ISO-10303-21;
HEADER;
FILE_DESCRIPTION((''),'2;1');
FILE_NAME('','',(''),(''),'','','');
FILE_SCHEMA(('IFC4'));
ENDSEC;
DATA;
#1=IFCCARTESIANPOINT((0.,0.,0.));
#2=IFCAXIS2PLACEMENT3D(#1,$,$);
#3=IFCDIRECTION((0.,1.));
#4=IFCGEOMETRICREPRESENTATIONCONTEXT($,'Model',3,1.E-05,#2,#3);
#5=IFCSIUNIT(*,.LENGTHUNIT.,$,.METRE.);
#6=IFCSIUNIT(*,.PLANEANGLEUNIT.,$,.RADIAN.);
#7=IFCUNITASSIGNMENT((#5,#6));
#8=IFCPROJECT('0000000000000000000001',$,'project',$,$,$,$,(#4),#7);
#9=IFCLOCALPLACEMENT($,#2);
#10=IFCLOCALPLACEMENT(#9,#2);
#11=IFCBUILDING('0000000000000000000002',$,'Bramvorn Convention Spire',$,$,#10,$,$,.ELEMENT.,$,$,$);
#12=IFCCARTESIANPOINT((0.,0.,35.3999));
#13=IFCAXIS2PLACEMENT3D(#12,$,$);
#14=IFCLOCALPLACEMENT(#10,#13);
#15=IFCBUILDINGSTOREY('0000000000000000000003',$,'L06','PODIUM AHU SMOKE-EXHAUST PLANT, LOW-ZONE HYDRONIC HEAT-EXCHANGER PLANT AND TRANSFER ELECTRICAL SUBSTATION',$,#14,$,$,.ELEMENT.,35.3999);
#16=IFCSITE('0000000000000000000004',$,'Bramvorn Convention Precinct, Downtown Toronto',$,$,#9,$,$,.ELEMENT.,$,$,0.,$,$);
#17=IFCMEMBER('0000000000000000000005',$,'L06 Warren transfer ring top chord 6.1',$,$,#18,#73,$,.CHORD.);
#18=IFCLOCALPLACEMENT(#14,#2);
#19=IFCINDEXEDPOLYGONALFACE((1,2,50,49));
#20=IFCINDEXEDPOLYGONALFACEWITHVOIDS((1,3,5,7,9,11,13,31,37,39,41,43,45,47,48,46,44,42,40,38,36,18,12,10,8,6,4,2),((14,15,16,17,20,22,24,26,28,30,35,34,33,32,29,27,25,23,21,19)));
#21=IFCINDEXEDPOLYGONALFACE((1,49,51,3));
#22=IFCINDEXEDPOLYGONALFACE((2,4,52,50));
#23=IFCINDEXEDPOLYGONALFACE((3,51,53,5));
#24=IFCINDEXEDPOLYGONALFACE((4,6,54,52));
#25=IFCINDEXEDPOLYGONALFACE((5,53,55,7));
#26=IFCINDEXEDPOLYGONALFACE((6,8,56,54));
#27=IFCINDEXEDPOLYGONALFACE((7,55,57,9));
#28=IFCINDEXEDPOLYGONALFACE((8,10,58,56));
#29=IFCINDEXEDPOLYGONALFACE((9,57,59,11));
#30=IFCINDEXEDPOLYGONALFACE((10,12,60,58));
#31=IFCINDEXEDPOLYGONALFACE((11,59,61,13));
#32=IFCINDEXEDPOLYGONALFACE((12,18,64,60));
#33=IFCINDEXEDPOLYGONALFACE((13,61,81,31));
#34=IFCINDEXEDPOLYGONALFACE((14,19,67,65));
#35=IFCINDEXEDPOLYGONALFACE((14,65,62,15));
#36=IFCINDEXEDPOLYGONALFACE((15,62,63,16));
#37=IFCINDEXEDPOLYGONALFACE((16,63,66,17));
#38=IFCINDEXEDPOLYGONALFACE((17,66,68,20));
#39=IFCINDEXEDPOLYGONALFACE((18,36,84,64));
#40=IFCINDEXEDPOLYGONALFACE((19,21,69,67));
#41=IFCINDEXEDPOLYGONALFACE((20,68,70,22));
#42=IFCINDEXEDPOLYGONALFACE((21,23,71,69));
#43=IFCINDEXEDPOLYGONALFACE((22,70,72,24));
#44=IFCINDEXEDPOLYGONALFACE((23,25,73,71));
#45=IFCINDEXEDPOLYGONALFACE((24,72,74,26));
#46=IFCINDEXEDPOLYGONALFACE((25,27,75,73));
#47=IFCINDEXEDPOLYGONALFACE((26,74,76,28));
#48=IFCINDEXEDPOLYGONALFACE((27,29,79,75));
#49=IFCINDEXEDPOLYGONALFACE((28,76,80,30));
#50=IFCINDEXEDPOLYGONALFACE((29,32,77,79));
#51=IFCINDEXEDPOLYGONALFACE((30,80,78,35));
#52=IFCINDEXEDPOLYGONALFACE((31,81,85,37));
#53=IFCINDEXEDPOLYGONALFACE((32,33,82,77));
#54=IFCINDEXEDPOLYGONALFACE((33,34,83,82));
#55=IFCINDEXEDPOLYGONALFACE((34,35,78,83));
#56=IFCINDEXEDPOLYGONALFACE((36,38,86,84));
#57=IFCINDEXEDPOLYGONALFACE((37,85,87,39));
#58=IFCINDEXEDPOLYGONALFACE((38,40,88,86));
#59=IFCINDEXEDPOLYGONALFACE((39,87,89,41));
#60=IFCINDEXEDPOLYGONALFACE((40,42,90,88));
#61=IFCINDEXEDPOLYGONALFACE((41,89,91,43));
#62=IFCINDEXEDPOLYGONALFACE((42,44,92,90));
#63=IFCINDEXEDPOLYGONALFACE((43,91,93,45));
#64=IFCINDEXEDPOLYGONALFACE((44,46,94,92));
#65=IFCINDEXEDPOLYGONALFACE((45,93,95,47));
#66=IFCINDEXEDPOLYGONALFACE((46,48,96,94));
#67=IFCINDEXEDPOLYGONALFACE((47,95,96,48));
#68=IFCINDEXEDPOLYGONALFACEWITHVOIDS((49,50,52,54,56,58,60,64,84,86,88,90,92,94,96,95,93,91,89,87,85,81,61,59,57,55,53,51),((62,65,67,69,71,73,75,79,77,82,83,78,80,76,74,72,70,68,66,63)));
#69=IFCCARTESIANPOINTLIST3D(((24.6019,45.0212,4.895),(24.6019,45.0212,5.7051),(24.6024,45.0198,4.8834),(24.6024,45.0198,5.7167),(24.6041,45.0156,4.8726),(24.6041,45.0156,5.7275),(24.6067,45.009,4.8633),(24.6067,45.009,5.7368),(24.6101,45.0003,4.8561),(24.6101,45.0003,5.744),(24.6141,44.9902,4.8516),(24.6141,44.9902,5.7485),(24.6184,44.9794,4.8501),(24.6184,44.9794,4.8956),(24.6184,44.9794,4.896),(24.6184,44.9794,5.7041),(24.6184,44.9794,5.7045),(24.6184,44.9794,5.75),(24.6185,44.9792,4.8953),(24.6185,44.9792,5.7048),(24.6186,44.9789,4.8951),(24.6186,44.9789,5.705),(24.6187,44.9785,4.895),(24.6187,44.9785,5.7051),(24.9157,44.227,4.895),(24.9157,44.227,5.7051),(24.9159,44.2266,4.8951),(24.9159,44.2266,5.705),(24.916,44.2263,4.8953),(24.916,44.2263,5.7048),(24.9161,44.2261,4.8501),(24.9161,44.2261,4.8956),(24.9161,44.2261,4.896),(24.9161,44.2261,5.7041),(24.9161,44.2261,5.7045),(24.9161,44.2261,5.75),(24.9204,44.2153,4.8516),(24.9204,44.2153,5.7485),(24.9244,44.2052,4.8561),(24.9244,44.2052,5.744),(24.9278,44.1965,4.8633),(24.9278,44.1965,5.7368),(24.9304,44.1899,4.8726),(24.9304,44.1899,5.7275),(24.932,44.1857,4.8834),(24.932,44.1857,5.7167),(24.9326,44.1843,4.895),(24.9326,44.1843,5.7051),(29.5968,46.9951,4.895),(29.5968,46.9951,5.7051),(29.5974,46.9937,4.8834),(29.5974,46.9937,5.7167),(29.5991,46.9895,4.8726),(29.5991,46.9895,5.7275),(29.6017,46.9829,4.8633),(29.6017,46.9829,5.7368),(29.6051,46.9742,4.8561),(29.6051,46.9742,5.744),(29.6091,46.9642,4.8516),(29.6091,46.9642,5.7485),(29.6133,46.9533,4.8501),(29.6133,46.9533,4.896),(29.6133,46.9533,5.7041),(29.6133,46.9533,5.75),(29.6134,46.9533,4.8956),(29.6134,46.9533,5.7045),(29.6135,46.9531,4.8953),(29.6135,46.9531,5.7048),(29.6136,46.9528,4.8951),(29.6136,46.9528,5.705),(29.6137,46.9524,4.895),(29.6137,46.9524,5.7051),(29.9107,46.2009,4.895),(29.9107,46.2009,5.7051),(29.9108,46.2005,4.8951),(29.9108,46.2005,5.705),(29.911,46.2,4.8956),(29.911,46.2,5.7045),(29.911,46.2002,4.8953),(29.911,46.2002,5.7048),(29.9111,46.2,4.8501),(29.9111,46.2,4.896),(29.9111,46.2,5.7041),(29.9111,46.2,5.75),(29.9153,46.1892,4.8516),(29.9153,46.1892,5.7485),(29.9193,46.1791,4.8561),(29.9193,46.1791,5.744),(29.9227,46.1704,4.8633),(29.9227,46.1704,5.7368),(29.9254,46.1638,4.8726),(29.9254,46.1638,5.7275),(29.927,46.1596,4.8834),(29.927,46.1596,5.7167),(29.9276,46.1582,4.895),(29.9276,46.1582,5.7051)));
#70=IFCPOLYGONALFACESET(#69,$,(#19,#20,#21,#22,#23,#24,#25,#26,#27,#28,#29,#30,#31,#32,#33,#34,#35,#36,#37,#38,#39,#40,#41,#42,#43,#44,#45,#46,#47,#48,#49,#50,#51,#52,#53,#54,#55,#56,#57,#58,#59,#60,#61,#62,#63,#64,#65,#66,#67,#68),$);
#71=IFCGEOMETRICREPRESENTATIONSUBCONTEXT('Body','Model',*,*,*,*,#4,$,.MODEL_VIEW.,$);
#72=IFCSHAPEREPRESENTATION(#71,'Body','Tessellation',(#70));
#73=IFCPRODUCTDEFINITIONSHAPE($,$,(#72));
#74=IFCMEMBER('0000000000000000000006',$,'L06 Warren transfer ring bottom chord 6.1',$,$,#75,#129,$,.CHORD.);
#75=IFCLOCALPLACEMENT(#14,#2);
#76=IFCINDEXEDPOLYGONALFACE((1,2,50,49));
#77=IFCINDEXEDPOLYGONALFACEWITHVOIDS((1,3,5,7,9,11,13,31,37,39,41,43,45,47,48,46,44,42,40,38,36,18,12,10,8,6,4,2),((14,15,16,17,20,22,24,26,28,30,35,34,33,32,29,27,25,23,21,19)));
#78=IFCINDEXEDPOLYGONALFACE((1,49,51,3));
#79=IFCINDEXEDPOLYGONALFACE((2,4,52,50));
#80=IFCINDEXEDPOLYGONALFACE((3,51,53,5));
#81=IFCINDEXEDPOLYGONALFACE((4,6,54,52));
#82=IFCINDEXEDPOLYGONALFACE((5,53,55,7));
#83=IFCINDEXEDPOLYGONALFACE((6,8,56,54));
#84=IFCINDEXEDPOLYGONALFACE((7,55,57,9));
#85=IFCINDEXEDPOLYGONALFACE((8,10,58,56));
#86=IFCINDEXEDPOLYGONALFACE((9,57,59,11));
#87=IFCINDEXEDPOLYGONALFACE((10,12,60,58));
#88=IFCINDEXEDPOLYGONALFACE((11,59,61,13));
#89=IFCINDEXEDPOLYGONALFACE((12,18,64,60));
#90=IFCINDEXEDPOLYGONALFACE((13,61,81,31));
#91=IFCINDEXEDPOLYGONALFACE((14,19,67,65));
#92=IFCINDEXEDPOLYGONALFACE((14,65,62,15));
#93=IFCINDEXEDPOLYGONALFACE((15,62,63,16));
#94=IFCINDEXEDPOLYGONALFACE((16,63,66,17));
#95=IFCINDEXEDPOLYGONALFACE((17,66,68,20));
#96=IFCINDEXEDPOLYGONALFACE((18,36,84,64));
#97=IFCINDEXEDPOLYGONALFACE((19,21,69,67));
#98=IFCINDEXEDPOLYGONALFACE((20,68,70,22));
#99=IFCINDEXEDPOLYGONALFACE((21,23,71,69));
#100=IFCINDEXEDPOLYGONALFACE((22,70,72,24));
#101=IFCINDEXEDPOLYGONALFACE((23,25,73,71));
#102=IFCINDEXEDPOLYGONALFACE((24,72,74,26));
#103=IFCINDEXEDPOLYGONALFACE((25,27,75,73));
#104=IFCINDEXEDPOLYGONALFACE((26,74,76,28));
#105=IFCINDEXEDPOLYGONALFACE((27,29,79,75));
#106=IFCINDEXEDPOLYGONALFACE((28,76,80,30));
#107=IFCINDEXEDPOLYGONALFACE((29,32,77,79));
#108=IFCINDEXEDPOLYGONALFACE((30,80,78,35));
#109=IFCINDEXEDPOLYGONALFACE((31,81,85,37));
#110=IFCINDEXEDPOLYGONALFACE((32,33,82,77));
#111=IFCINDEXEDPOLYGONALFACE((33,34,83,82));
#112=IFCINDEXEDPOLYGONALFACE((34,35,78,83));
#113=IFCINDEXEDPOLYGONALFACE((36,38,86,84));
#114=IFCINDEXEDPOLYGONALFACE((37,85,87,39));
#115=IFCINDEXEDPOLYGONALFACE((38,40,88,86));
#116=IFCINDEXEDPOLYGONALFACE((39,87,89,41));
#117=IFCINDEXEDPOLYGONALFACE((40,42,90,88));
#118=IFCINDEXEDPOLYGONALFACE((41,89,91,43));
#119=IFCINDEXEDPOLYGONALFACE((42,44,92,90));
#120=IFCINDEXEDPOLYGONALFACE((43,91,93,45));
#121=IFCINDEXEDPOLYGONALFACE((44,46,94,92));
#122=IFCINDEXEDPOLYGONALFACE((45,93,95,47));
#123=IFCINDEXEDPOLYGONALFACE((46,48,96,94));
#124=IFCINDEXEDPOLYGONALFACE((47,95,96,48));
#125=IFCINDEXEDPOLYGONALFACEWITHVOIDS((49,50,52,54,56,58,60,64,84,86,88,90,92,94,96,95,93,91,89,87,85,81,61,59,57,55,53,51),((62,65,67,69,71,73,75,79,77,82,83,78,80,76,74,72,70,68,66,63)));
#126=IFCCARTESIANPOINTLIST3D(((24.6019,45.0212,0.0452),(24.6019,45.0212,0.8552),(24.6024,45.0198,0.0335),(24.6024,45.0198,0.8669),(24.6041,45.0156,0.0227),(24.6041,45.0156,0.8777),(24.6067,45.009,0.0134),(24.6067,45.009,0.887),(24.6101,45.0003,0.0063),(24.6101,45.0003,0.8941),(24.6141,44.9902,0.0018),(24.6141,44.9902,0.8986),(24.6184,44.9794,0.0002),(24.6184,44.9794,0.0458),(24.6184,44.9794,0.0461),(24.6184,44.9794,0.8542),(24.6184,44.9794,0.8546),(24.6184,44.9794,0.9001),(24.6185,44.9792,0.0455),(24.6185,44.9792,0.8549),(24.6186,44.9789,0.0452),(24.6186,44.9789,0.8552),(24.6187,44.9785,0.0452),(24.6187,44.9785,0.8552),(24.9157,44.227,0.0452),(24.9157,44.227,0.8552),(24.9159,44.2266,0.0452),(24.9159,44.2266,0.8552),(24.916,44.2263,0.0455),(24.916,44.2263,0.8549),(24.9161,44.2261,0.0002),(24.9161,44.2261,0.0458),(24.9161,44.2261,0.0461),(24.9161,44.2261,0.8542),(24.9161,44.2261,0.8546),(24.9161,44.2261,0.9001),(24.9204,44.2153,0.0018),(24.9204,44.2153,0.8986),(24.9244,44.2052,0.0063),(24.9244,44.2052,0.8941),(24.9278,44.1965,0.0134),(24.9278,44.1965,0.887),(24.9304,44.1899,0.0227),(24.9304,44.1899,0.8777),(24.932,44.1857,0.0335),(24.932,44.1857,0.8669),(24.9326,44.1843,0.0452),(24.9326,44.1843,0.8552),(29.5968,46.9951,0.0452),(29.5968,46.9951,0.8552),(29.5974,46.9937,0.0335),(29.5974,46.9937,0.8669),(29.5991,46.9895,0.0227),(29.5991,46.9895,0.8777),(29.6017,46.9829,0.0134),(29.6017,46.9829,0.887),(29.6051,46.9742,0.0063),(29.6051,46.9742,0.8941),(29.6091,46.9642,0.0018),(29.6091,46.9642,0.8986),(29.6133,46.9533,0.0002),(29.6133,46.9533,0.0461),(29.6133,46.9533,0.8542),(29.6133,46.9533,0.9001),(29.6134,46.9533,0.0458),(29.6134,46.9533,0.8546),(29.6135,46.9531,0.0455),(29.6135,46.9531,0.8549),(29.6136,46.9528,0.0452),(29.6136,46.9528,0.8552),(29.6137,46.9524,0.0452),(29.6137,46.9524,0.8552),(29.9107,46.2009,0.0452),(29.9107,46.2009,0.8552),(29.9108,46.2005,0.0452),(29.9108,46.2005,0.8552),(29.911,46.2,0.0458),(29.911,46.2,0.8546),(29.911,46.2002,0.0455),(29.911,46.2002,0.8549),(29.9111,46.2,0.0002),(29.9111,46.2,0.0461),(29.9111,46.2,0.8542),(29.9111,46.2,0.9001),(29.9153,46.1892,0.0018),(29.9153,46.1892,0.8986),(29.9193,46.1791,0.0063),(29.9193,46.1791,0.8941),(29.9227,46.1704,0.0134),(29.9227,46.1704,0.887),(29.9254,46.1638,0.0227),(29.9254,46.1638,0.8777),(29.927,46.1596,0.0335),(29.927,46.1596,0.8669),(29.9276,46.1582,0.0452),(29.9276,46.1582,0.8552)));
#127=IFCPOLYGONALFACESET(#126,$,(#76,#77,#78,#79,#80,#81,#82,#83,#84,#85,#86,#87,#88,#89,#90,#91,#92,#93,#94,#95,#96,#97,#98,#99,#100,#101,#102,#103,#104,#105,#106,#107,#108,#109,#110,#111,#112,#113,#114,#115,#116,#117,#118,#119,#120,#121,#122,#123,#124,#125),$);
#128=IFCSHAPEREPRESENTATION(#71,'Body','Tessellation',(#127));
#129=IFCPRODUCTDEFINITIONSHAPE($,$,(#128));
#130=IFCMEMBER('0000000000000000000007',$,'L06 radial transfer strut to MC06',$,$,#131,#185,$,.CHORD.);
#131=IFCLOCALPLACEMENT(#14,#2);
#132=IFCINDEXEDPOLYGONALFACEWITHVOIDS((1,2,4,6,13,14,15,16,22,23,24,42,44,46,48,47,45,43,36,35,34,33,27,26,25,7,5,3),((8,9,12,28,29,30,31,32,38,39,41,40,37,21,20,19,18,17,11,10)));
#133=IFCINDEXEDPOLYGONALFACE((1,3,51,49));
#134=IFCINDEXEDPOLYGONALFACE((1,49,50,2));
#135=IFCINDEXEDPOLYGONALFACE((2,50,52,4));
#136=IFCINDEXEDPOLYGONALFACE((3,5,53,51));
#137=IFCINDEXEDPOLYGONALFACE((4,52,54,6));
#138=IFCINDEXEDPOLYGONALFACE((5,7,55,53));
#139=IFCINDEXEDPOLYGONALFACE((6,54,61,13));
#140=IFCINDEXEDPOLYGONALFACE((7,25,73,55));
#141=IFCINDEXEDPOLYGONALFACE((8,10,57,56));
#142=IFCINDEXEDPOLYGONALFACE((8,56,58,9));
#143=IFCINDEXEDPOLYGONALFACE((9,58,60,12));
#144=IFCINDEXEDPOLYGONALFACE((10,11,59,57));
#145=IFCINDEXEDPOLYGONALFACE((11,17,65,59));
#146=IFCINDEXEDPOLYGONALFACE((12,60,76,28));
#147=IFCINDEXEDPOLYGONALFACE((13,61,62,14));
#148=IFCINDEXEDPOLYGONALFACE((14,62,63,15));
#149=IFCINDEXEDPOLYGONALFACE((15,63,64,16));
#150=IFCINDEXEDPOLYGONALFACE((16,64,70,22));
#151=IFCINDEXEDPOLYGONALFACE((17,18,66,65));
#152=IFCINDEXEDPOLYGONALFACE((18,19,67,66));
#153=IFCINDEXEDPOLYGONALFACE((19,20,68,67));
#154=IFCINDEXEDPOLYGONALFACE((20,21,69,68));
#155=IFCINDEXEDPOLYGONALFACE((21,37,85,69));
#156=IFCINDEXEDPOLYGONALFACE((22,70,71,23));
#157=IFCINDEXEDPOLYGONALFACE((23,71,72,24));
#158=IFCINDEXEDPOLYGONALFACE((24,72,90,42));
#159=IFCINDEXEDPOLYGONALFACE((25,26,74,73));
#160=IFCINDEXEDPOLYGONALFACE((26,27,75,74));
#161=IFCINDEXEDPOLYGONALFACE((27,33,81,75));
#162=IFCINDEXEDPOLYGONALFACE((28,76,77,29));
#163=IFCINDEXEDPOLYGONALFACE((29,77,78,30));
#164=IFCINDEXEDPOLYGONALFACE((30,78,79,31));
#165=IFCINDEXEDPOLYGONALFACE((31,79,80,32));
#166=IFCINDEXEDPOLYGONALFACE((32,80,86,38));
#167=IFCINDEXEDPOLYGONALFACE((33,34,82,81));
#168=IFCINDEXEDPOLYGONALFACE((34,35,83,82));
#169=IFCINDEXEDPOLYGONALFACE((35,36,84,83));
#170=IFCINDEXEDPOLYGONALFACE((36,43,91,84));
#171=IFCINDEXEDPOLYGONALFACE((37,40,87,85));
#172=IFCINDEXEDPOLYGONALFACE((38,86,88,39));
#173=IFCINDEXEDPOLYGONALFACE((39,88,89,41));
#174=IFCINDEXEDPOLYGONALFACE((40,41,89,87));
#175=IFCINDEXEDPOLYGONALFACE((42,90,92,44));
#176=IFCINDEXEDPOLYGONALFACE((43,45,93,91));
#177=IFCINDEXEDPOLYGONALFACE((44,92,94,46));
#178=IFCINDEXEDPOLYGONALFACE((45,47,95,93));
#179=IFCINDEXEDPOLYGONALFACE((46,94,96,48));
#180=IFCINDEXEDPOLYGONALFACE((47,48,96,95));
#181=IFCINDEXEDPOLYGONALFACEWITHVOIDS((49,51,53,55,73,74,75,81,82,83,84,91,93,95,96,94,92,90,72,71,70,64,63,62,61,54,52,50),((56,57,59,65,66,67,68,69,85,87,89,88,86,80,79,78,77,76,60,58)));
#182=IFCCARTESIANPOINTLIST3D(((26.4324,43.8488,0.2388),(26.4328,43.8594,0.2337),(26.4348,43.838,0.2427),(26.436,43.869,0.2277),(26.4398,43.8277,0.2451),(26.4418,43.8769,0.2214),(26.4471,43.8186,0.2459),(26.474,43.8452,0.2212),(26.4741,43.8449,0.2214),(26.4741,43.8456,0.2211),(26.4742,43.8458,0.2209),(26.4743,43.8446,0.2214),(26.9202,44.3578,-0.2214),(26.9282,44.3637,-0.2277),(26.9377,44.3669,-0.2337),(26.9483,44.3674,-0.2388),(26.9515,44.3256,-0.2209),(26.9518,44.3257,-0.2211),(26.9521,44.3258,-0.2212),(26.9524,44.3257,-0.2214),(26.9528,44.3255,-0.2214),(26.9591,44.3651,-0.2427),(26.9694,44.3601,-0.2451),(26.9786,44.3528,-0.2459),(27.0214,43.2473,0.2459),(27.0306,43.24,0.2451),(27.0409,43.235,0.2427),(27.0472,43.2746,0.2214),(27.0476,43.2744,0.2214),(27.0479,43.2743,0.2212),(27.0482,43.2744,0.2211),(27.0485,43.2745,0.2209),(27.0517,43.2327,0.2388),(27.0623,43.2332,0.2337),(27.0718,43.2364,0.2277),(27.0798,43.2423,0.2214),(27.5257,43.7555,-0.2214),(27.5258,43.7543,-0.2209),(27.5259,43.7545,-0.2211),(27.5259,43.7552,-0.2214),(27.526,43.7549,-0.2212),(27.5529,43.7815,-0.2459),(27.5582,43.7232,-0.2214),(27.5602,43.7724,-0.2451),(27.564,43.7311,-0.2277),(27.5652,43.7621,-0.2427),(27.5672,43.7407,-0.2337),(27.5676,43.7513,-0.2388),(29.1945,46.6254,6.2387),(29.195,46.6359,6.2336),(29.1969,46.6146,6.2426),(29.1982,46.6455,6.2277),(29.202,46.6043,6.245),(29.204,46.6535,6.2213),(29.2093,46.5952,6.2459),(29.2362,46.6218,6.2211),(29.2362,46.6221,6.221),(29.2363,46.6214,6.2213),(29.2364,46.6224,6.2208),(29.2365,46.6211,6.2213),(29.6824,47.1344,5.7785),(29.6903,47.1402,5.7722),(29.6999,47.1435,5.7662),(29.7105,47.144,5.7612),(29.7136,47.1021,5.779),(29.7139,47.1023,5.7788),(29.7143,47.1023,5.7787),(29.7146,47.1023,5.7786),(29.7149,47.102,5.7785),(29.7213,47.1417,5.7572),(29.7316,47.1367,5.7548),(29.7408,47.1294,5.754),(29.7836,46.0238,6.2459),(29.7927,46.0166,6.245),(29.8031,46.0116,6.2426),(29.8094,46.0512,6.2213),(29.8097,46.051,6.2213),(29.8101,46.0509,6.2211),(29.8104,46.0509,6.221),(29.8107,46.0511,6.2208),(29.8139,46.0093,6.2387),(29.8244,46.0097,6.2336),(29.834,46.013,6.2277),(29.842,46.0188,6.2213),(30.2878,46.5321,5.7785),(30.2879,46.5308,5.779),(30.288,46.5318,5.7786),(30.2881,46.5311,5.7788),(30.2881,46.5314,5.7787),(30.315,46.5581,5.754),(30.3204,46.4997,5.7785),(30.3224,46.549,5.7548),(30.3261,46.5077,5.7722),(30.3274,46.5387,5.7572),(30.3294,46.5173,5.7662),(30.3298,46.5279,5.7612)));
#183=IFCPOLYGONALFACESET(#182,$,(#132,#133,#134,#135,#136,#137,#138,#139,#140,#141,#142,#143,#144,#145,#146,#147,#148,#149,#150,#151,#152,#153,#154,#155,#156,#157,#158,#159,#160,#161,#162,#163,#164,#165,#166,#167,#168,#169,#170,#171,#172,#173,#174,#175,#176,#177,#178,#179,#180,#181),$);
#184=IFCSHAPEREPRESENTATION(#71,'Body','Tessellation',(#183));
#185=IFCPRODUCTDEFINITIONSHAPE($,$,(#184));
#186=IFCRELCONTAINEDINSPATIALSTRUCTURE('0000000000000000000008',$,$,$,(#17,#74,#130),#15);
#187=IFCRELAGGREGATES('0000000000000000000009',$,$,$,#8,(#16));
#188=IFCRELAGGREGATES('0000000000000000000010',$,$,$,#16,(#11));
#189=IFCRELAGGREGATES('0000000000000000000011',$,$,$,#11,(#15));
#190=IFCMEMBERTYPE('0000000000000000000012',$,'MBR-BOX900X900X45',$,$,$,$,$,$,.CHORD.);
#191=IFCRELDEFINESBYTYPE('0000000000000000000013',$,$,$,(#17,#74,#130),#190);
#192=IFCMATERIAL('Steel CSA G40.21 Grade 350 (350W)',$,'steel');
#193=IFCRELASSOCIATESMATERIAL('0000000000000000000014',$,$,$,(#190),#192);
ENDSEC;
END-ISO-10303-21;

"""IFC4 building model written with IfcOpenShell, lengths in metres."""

from ifc_helpers import new_model, si_unit, direction, frame, origin, origin_2d, place, context, subcontext, project, spatial, hollow_rectangle, extrude, material, material_profile, profile_set, type_object, element, save


model = new_model("IFC4")

# Units and contexts
model_context = context("Model", 3, precision=1e-05, world=origin(), true_north=direction((0.0, 1.0)))
body_context = subcontext(model_context, "Body", "Model", "MODEL_VIEW")
ifc_project = project(units=[si_unit("LENGTHUNIT", "METRE"), si_unit("PLANEANGLEUNIT", "RADIAN")], contexts=[model_context])

# Site, building, storey
site_placement = place(None, origin())
site = spatial("IfcSite", under=ifc_project, at=site_placement, Name="Bramvorn Convention Precinct, Downtown Toronto", CompositionType="ELEMENT", RefElevation=0.0)
building_placement = place(site_placement, origin())
building = spatial("IfcBuilding", under=site, at=building_placement, Name="Bramvorn Convention Spire", CompositionType="ELEMENT")
storey_placement = place(building_placement, frame((0.0, 0.0, 35.3999)))
storey = spatial("IfcBuildingStorey", under=building, at=storey_placement, Name="L06", Description="PODIUM AHU SMOKE-EXHAUST PLANT, LOW-ZONE HYDRONIC HEAT-EXCHANGER PLANT AND TRANSFER ELECTRICAL SUBSTATION", CompositionType="ELEMENT", Elevation=35.3999)

# Shared definitions
ifc_material_1 = material(Name="Steel CSA G40.21 Grade 350 (350W)", Category="steel")

# Members
ifc_material_profile_1 = material_profile(ifc_material_1, hollow_rectangle(XDim=0.8999, YDim=0.8999, WallThickness=0.0449, InnerFilletRadius=0.001, OuterFilletRadius=0.0449, at=origin_2d()))
ifc_profile_set_1 = profile_set([ifc_material_profile_1], Name="Steel CSA G40.21 Grade 350 (350W) - BOX900X900X45")
member_type_1 = type_object("IfcMemberType", Name="MBR-BOX900X900X45", PredefinedType="CHORD", material=ifc_profile_set_1)
for number, where, z_axis, x_axis, name in (
    (1, (29.7622, 46.5767, 5.3), (-0.930014, -0.367524, 0.0), (0.367524, -0.930014, 0.0), "L06 Warren transfer ring top chord 6.1"),
    (2, (29.7622, 46.5767, 0.4502), (-0.930014, -0.367524, 0.0), (0.367524, -0.930014, 0.0), "L06 Warren transfer ring bottom chord 6.1"),
):
    element("IfcMember", number, at=place(storey_placement, frame(where, z_axis=z_axis, x_axis=x_axis)), inside=storey, type_object=member_type_1, Name=name, PredefinedType="CHORD", context=body_context, shape_type="SweptSolid", body=[
        extrude(hollow_rectangle(XDim=0.8999, YDim=0.8999, WallThickness=0.0449, InnerFilletRadius=0.001, OuterFilletRadius=0.0449, at=origin_2d()), origin(), (0.0, 0.0, 1.0), 5.3708),
    ])
member_1_placement = place(storey_placement, frame((27.0, 43.8, 0.0), z_axis=(0.385506, 0.387516, 0.837387), x_axis=(-0.708943, 0.705265, 0.0)))
element("IfcMember", 3, at=member_1_placement, inside=storey, type_object=member_type_1, Name="L06 radial transfer strut to MC06", PredefinedType="CHORD", context=body_context, shape_type="SweptSolid", body=[
    extrude(hollow_rectangle(XDim=0.8999, YDim=0.8999, WallThickness=0.0449, InnerFilletRadius=0.001, OuterFilletRadius=0.0449, at=origin_2d()), origin(), (0.0, 0.0, 1.0), 7.165),
])

save(model, "model.ifc")
